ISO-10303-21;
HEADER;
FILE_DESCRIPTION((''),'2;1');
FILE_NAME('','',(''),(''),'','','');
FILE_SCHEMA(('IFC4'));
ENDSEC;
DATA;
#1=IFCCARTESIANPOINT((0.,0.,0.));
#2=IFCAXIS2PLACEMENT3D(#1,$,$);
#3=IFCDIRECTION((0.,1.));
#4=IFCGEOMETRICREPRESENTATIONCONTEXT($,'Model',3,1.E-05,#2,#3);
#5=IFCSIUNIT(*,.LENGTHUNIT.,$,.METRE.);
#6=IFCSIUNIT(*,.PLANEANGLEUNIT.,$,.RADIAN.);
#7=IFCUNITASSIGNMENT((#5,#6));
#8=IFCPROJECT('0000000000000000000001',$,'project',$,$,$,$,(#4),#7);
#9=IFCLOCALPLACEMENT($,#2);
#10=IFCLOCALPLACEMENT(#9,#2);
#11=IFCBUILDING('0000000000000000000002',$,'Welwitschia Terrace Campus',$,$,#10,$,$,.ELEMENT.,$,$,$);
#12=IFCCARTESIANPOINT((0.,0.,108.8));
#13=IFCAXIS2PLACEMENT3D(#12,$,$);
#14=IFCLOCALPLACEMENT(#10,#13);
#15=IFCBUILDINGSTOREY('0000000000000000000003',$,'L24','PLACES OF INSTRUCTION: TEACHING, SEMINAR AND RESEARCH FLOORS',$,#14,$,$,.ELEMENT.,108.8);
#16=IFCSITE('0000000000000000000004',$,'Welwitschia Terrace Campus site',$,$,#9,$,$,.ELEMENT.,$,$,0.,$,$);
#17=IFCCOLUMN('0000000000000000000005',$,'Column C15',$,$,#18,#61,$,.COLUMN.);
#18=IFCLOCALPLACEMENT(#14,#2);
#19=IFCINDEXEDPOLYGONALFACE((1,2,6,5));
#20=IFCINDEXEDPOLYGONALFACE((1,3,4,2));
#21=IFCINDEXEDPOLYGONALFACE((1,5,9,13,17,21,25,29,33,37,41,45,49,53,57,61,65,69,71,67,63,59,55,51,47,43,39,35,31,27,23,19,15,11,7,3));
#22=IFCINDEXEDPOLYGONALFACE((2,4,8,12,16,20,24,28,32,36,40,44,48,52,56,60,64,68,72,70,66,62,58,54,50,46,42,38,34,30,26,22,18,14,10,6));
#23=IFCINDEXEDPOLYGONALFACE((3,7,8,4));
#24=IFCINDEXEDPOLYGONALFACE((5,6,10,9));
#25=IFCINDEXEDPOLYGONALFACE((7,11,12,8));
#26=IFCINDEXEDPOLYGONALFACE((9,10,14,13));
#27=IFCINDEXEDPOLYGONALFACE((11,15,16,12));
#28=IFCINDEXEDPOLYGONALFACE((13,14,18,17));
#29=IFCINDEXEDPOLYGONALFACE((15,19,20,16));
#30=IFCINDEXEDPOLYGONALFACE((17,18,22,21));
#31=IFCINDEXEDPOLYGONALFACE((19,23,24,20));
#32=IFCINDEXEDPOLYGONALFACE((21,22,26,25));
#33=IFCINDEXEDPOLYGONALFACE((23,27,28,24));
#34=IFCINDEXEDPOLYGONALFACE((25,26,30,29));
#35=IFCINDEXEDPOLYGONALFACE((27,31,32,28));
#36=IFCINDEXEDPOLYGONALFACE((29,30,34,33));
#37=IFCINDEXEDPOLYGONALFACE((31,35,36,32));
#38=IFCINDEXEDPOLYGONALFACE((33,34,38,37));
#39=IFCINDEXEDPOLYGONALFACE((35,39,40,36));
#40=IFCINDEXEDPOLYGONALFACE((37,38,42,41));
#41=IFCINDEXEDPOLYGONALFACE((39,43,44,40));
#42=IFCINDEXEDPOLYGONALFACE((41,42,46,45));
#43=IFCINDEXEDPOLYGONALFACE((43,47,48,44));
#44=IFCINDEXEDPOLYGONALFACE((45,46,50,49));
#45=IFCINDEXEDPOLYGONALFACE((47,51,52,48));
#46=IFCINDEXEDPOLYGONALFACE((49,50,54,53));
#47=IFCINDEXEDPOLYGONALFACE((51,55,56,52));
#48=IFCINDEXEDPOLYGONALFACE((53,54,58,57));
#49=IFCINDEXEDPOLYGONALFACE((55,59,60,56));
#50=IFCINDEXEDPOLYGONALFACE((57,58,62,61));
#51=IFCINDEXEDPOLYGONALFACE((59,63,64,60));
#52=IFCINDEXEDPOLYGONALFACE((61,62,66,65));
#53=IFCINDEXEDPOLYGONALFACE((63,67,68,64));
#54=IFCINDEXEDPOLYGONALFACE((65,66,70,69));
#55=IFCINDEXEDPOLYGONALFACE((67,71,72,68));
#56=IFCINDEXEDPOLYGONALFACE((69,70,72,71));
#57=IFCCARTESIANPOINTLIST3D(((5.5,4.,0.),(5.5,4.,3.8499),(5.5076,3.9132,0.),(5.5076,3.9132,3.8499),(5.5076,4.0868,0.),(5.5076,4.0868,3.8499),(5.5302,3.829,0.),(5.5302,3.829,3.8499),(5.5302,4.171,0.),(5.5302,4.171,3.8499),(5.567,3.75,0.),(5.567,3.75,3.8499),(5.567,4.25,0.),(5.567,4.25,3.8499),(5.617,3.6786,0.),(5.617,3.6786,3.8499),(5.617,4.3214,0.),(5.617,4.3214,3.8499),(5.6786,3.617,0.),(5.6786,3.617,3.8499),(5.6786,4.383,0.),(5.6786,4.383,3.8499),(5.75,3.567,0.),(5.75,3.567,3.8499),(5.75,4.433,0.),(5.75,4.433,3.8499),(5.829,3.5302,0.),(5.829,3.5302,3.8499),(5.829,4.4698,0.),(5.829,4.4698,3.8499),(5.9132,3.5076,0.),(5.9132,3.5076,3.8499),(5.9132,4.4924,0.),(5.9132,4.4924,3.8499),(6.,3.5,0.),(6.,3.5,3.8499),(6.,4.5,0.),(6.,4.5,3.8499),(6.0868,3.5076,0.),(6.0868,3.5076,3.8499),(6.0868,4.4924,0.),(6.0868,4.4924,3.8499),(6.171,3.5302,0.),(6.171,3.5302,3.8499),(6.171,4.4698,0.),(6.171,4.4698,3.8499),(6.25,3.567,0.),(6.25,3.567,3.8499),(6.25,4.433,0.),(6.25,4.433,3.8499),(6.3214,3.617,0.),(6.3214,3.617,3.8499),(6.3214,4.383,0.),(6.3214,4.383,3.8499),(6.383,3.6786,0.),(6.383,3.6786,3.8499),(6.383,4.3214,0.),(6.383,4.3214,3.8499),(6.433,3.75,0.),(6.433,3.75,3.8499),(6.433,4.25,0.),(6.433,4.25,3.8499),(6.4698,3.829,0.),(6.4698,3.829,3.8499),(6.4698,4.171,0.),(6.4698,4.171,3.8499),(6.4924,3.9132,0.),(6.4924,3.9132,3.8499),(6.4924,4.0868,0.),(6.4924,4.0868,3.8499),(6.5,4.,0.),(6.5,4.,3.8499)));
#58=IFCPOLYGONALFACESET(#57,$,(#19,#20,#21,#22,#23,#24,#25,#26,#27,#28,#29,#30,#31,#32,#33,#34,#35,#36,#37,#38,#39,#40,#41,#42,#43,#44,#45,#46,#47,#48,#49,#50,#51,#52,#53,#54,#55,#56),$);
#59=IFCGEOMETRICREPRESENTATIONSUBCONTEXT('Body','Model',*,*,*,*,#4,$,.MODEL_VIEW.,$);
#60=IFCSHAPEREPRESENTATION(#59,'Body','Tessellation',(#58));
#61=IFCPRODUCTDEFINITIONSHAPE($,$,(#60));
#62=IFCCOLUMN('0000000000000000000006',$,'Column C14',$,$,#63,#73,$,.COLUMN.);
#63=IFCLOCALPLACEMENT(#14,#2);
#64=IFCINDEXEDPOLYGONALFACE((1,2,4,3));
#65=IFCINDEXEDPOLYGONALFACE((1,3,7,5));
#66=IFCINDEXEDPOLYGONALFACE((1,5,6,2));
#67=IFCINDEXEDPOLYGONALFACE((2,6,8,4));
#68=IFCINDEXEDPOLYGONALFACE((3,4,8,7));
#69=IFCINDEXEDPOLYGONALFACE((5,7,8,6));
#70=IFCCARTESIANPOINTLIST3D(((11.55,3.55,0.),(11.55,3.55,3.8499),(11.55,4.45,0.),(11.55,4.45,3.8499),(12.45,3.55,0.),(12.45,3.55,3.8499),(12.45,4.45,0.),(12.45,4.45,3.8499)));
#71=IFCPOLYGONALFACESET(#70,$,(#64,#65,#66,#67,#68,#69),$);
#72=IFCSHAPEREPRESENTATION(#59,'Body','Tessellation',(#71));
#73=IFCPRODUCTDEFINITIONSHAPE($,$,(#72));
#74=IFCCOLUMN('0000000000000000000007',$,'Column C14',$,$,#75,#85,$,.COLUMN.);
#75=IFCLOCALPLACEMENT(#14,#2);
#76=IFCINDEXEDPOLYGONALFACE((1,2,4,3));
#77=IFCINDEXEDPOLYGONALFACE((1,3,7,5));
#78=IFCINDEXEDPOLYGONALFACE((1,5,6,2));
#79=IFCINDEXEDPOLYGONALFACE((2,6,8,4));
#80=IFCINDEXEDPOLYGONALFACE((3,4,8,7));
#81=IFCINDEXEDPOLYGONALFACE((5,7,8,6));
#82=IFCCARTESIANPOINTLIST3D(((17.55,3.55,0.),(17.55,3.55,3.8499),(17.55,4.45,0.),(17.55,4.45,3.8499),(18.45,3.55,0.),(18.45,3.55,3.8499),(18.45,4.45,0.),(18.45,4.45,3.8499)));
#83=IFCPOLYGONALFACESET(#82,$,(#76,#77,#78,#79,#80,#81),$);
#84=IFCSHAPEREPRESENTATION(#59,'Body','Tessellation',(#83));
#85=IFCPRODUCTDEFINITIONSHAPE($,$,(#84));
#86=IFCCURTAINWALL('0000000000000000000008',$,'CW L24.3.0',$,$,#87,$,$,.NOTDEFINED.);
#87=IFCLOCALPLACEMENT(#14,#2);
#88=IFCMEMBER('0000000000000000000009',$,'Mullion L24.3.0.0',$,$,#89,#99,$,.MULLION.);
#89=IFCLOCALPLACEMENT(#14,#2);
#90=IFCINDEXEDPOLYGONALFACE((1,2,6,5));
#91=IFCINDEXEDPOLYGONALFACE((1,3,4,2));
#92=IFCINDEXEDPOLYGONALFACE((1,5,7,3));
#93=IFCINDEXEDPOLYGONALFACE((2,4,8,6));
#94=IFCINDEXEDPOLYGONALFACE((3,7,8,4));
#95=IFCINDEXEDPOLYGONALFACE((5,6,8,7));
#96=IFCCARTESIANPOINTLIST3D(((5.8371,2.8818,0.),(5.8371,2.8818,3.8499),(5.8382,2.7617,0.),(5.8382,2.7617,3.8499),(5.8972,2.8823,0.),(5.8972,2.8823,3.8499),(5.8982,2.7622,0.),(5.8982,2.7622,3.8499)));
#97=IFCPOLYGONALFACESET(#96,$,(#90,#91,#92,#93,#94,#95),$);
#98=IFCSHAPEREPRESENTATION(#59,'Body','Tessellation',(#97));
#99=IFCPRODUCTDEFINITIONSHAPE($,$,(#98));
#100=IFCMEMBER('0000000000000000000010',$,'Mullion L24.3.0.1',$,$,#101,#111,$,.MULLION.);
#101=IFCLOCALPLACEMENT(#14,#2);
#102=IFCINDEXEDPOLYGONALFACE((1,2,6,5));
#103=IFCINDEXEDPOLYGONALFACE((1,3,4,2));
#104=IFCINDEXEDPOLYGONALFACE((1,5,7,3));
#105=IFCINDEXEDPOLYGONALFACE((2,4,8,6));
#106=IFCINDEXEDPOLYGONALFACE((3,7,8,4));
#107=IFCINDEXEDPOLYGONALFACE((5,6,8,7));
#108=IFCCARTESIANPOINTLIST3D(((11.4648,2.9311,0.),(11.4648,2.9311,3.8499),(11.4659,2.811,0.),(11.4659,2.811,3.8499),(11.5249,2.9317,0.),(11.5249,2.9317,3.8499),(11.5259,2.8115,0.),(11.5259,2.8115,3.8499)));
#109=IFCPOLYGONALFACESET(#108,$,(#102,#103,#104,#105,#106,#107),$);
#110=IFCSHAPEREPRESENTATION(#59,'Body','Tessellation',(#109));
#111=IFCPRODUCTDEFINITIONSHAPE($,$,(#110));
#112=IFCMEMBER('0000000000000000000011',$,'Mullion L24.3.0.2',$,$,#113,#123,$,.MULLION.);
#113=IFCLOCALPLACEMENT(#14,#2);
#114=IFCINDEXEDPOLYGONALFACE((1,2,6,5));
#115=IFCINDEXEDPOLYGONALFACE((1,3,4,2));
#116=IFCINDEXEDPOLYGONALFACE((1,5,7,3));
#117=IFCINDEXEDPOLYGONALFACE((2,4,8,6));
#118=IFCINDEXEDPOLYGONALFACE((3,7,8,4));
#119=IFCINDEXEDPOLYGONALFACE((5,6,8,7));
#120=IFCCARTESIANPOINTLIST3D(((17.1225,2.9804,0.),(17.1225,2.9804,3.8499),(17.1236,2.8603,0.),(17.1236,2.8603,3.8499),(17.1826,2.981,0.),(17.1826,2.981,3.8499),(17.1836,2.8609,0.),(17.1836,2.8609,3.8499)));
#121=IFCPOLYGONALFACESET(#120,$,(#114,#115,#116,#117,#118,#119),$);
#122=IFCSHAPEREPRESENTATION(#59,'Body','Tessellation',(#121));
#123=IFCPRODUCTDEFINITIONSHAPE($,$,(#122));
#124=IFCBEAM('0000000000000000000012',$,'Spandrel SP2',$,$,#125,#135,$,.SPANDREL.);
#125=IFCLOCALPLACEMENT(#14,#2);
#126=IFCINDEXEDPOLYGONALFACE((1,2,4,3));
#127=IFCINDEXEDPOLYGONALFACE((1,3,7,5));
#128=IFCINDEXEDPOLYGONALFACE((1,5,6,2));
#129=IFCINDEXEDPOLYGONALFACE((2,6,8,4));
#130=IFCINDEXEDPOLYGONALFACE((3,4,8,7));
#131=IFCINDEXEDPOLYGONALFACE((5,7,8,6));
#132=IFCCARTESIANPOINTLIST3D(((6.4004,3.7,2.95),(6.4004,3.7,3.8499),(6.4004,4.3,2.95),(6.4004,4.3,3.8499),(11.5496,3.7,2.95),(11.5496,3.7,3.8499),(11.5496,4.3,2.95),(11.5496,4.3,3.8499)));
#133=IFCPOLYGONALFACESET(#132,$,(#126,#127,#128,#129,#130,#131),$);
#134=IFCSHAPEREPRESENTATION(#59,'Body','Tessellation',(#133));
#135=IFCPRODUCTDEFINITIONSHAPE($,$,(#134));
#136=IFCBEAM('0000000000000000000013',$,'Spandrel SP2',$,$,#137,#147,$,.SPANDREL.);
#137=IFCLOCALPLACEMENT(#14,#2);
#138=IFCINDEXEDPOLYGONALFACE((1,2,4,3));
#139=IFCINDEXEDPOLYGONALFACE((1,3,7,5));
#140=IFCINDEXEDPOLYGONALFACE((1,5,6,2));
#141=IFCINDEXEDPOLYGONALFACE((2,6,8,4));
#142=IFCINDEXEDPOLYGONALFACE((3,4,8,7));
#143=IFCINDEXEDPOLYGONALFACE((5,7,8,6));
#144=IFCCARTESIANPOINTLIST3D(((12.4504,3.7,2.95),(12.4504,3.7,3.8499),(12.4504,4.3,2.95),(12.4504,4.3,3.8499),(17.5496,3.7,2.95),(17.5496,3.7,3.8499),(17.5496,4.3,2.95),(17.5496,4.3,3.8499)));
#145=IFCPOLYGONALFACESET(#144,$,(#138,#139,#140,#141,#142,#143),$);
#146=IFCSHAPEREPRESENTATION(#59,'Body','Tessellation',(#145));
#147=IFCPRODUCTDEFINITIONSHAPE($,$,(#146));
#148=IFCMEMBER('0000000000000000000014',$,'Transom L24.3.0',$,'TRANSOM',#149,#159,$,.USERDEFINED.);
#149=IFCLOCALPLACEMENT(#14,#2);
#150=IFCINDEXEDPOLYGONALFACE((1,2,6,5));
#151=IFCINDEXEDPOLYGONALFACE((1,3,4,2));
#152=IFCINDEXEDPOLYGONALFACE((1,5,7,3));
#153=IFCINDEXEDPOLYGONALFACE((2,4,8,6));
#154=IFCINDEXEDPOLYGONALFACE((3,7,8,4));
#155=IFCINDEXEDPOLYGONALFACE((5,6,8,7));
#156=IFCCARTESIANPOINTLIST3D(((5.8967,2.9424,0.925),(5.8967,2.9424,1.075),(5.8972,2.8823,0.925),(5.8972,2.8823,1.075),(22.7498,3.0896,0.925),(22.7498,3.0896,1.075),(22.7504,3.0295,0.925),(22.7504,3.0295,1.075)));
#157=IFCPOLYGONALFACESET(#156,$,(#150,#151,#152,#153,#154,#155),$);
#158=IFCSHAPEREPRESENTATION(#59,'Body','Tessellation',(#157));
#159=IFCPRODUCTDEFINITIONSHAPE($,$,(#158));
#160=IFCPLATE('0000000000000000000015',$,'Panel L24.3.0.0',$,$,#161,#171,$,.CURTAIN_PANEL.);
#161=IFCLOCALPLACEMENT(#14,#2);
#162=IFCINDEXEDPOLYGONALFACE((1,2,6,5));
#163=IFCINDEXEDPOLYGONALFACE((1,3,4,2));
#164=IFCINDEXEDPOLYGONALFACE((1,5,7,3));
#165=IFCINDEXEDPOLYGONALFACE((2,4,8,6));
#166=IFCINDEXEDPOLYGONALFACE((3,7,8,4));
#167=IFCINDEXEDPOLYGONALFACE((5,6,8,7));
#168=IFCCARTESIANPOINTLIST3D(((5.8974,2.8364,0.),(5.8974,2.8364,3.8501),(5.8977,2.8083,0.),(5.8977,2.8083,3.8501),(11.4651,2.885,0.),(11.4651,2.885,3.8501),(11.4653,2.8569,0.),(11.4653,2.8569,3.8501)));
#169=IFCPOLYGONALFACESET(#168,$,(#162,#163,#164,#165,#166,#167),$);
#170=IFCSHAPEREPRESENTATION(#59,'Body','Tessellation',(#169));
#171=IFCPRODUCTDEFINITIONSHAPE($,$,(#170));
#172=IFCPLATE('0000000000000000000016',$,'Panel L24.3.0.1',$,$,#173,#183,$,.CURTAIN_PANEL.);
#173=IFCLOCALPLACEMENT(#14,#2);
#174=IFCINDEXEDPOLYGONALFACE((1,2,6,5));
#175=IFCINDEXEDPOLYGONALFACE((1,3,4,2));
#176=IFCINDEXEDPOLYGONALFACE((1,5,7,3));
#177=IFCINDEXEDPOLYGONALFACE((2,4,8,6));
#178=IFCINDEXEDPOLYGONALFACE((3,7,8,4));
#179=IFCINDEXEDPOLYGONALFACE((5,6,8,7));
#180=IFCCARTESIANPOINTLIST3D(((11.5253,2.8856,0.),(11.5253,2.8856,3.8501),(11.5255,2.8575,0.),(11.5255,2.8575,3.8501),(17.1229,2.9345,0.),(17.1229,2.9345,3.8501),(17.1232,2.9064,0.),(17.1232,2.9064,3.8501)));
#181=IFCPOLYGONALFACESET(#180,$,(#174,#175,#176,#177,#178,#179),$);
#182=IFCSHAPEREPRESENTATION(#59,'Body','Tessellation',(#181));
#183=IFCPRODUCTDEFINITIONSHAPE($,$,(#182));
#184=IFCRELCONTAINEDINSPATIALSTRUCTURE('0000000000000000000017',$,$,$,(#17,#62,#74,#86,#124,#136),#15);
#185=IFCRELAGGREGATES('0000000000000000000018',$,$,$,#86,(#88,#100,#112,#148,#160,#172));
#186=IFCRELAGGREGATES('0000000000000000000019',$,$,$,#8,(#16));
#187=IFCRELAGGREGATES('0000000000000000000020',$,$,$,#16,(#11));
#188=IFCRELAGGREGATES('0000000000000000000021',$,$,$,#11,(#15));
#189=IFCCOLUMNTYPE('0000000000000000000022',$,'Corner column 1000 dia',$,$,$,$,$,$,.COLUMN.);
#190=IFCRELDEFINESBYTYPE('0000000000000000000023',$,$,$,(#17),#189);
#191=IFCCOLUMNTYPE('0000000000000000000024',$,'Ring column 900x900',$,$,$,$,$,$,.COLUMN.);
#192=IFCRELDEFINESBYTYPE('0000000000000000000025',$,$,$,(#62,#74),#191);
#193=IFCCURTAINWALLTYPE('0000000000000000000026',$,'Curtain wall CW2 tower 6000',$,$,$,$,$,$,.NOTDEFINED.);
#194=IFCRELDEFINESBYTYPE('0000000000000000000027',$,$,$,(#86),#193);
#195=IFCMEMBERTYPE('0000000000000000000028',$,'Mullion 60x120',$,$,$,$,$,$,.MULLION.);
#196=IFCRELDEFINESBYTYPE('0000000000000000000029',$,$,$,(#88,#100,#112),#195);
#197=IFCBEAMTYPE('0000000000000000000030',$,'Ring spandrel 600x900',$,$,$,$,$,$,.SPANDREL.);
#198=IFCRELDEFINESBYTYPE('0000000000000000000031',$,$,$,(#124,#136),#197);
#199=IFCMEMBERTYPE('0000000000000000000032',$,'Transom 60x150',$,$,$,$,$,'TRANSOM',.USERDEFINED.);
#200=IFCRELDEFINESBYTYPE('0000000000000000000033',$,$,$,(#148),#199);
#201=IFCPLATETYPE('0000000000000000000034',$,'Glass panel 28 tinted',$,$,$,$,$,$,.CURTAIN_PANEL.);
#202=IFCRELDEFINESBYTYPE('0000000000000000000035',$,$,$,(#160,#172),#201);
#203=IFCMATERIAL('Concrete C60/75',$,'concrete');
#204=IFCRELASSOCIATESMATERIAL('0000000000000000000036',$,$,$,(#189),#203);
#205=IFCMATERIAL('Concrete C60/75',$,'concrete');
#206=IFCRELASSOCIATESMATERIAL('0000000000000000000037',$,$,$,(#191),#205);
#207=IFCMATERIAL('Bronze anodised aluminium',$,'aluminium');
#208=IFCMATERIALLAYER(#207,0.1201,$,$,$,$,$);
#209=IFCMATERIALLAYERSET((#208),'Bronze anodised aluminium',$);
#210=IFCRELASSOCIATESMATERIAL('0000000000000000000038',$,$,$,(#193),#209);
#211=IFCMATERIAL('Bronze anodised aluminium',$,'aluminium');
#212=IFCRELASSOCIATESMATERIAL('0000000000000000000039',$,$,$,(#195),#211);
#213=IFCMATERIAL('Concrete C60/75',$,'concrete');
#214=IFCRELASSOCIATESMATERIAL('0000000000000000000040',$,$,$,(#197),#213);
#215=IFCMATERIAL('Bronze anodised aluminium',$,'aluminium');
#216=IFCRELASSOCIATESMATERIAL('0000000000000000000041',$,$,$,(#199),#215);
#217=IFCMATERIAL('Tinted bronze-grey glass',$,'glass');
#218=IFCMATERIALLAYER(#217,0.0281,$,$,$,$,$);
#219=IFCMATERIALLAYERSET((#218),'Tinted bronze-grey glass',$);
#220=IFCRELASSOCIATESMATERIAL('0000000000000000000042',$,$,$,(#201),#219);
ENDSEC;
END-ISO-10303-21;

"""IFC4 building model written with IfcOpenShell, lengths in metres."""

from ifc_helpers import new_model, si_unit, direction, frame, origin, origin_2d, place, context, subcontext, project, spatial, rectangle, circle, extrude, material, layer, layer_set, material_profile, profile_set, type_object, element, aggregate, save


model = new_model("IFC4")

# Units and contexts
model_context = context("Model", 3, precision=1e-05, world=origin(), true_north=direction((0.0, 1.0)))
body_context = subcontext(model_context, "Body", "Model", "MODEL_VIEW")
ifc_project = project(units=[si_unit("LENGTHUNIT", "METRE"), si_unit("PLANEANGLEUNIT", "RADIAN")], contexts=[model_context])

# Site, building, storey
site_placement = place(None, origin())
site = spatial("IfcSite", under=ifc_project, at=site_placement, Name="Welwitschia Terrace Campus site", CompositionType="ELEMENT", RefElevation=0.0)
building_placement = place(site_placement, origin())
building = spatial("IfcBuilding", under=site, at=building_placement, Name="Welwitschia Terrace Campus", CompositionType="ELEMENT")
storey_placement = place(building_placement, frame((0.0, 0.0, 108.8)))
storey = spatial("IfcBuildingStorey", under=building, at=storey_placement, Name="L24", Description="PLACES OF INSTRUCTION: TEACHING, SEMINAR AND RESEARCH FLOORS", CompositionType="ELEMENT", Elevation=108.8)

# Columns
ifc_material_1 = material(Name="Concrete C60/75", Category="concrete")
ifc_material_profile_1 = material_profile(ifc_material_1, circle(Radius=0.5, at=origin_2d()))
ifc_profile_set_1 = profile_set([ifc_material_profile_1], Name="Concrete C60/75")
column_type_1 = type_object("IfcColumnType", Name="Corner column 1000 dia", PredefinedType="COLUMN", material=ifc_profile_set_1)
column_placement = place(storey_placement, frame((6.0, 4.0, 0.0), z_axis=(0.0, 0.0, 1.0), x_axis=(1.0, 0.0, 0.0)))
element("IfcColumn", 1, at=column_placement, inside=storey, type_object=column_type_1, Name="Column C15", PredefinedType="COLUMN", context=body_context, shape_type="SweptSolid", body=[
    extrude(circle(Radius=0.5, at=origin_2d()), origin(), (0.0, 0.0, 1.0), 3.8499),
])
ifc_material_2 = material(Name="Concrete C60/75", Category="concrete")
ifc_material_profile_2 = material_profile(ifc_material_2, rectangle(XDim=0.8999, YDim=0.8999, at=origin_2d()))
ifc_profile_set_2 = profile_set([ifc_material_profile_2], Name="Concrete C60/75")
column_type_2 = type_object("IfcColumnType", Name="Ring column 900x900", PredefinedType="COLUMN", material=ifc_profile_set_2)
for number, where, z_axis, x_axis, name in (
    (2, (12.0, 4.0, 0.0), (0.0, 0.0, 1.0), (1.0, 0.0, 0.0), "Column C14"),
    (3, (18.0, 4.0, 0.0), (0.0, 0.0, 1.0), (1.0, 0.0, 0.0), "Column C14"),
):
    element("IfcColumn", number, at=place(storey_placement, frame(where, z_axis=z_axis, x_axis=x_axis)), inside=storey, type_object=column_type_2, Name=name, PredefinedType="COLUMN", context=body_context, shape_type="SweptSolid", body=[
        extrude(rectangle(XDim=0.8999, YDim=0.8999, at=origin_2d()), origin(), (0.0, 0.0, 1.0), 3.8499),
    ])

# Curtain wall, members
ifc_material_3 = material(Name="Bronze anodised aluminium", Category="aluminium")
ifc_layer_1 = layer(ifc_material_3, 0.1201)
ifc_layer_set_1 = layer_set([ifc_layer_1], Name="Bronze anodised aluminium")
curtain_wall_type = type_object("IfcCurtainWallType", Name="Curtain wall CW2 tower 6000", PredefinedType="NOTDEFINED", material=ifc_layer_set_1)
curtain_wall_placement = place(storey_placement, origin())
curtain_wall = element("IfcCurtainWall", 4, at=curtain_wall_placement, inside=storey, type_object=curtain_wall_type, Name="CW L24.3.0", PredefinedType="NOTDEFINED")
ifc_material_4 = material(Name="Bronze anodised aluminium", Category="aluminium")
ifc_material_profile_3 = material_profile(ifc_material_4, rectangle(XDim=0.1201, YDim=0.0601, at=origin_2d()))
ifc_profile_set_3 = profile_set([ifc_material_profile_3], Name="Bronze anodised aluminium")
member_type_1 = type_object("IfcMemberType", Name="Mullion 60x120", PredefinedType="MULLION", material=ifc_profile_set_3)
member_1_placement = place(storey_placement, frame((5.8677, 2.822, 0.0), z_axis=(0.0, 0.0, 1.0), x_axis=(-0.008727, 0.999962, 0.0)))
member_1 = element("IfcMember", 5, at=member_1_placement, type_object=member_type_1, Name="Mullion L24.3.0.0", PredefinedType="MULLION", context=body_context, shape_type="SweptSolid", body=[
    extrude(rectangle(XDim=0.1201, YDim=0.0601, at=origin_2d()), origin(), (0.0, 0.0, 1.0), 3.8499),
])
member_2_placement = place(storey_placement, frame((11.4954, 2.8713, 0.0), z_axis=(0.0, 0.0, 1.0), x_axis=(-0.008727, 0.999962, 0.0)))
member_2 = element("IfcMember", 6, at=member_2_placement, type_object=member_type_1, Name="Mullion L24.3.0.1", PredefinedType="MULLION", context=body_context, shape_type="SweptSolid", body=[
    extrude(rectangle(XDim=0.1201, YDim=0.0601, at=origin_2d()), origin(), (0.0, 0.0, 1.0), 3.8499),
])
member_3_placement = place(storey_placement, frame((17.1531, 2.9207, 0.0), z_axis=(0.0, 0.0, 1.0), x_axis=(-0.008727, 0.999962, 0.0)))
member_3 = element("IfcMember", 7, at=member_3_placement, type_object=member_type_1, Name="Mullion L24.3.0.2", PredefinedType="MULLION", context=body_context, shape_type="SweptSolid", body=[
    extrude(rectangle(XDim=0.1201, YDim=0.0601, at=origin_2d()), origin(), (0.0, 0.0, 1.0), 3.8499),
])

# Beams
ifc_material_5 = material(Name="Concrete C60/75", Category="concrete")
ifc_material_profile_4 = material_profile(ifc_material_5, rectangle(XDim=0.6001, YDim=0.8999, at=origin_2d()))
ifc_profile_set_4 = profile_set([ifc_material_profile_4], Name="Concrete C60/75")
beam_type = type_object("IfcBeamType", Name="Ring spandrel 600x900", PredefinedType="SPANDREL", material=ifc_profile_set_4)
beam_1_placement = place(storey_placement, frame((6.4004, 4.0, 3.3999), z_axis=(1.0, 0.0, 0.0), x_axis=(0.0, 1.0, 0.0)))
element("IfcBeam", 8, at=beam_1_placement, inside=storey, type_object=beam_type, Name="Spandrel SP2", PredefinedType="SPANDREL", context=body_context, shape_type="SweptSolid", body=[
    extrude(rectangle(XDim=0.6001, YDim=0.8999, at=origin_2d()), origin(), (0.0, 0.0, 1.0), 5.1492),
])
beam_2_placement = place(storey_placement, frame((12.4504, 4.0, 3.3999), z_axis=(1.0, 0.0, 0.0), x_axis=(0.0, 1.0, 0.0)))
element("IfcBeam", 9, at=beam_2_placement, inside=storey, type_object=beam_type, Name="Spandrel SP2", PredefinedType="SPANDREL", context=body_context, shape_type="SweptSolid", body=[
    extrude(rectangle(XDim=0.6001, YDim=0.8999, at=origin_2d()), origin(), (0.0, 0.0, 1.0), 5.0991),
])

# Member
ifc_material_6 = material(Name="Bronze anodised aluminium", Category="aluminium")
ifc_material_profile_5 = material_profile(ifc_material_6, rectangle(XDim=0.0601, YDim=0.1499, at=origin_2d()))
ifc_profile_set_5 = profile_set([ifc_material_profile_5], Name="Bronze anodised aluminium")
member_type_2 = type_object("IfcMemberType", Name="Transom 60x150", ElementType="TRANSOM", PredefinedType="USERDEFINED", material=ifc_profile_set_5)
member_4_placement = place(storey_placement, frame((5.897, 2.9124, 1.0), z_axis=(0.999962, 0.008735, 0.0), x_axis=(-0.008735, 0.999962, 0.0)))
member_4 = element("IfcMember", 10, at=member_4_placement, type_object=member_type_2, Name="Transom L24.3.0", ObjectType="TRANSOM", PredefinedType="USERDEFINED", context=body_context, shape_type="SweptSolid", body=[
    extrude(rectangle(XDim=0.0601, YDim=0.1499, at=origin_2d()), origin(), (0.0, 0.0, 1.0), 16.8538),
])

# Plates
ifc_material_7 = material(Name="Tinted bronze-grey glass", Category="glass")
ifc_layer_2 = layer(ifc_material_7, 0.0281)
ifc_layer_set_2 = layer_set([ifc_layer_2], Name="Tinted bronze-grey glass")
plate_type = type_object("IfcPlateType", Name="Glass panel 28 tinted", PredefinedType="CURTAIN_PANEL", material=ifc_layer_set_2)
plate_1_placement = place(storey_placement, frame((8.6814, 2.8467, 0.0), z_axis=(0.0, 0.0, 1.0), x_axis=(0.999962, 0.008727, 0.0)))
plate_1 = element("IfcPlate", 11, at=plate_1_placement, type_object=plate_type, Name="Panel L24.3.0.0", PredefinedType="CURTAIN_PANEL", context=body_context, shape_type="SweptSolid", body=[
    extrude(rectangle(XDim=5.5679, YDim=0.0281, at=origin_2d()), origin(), (0.0, 0.0, 1.0), 3.8501),
])
plate_2_placement = place(storey_placement, frame((14.3242, 2.896, 0.0), z_axis=(0.0, 0.0, 1.0), x_axis=(0.999962, 0.008727, 0.0)))
plate_2 = element("IfcPlate", 12, at=plate_2_placement, type_object=plate_type, Name="Panel L24.3.0.1", PredefinedType="CURTAIN_PANEL", context=body_context, shape_type="SweptSolid", body=[
    extrude(rectangle(XDim=5.5979, YDim=0.0281, at=origin_2d()), origin(), (0.0, 0.0, 1.0), 3.8501),
])
aggregate(curtain_wall, [member_1, member_2, member_3, member_4, plate_1, plate_2])

save(model, "model.ifc")
